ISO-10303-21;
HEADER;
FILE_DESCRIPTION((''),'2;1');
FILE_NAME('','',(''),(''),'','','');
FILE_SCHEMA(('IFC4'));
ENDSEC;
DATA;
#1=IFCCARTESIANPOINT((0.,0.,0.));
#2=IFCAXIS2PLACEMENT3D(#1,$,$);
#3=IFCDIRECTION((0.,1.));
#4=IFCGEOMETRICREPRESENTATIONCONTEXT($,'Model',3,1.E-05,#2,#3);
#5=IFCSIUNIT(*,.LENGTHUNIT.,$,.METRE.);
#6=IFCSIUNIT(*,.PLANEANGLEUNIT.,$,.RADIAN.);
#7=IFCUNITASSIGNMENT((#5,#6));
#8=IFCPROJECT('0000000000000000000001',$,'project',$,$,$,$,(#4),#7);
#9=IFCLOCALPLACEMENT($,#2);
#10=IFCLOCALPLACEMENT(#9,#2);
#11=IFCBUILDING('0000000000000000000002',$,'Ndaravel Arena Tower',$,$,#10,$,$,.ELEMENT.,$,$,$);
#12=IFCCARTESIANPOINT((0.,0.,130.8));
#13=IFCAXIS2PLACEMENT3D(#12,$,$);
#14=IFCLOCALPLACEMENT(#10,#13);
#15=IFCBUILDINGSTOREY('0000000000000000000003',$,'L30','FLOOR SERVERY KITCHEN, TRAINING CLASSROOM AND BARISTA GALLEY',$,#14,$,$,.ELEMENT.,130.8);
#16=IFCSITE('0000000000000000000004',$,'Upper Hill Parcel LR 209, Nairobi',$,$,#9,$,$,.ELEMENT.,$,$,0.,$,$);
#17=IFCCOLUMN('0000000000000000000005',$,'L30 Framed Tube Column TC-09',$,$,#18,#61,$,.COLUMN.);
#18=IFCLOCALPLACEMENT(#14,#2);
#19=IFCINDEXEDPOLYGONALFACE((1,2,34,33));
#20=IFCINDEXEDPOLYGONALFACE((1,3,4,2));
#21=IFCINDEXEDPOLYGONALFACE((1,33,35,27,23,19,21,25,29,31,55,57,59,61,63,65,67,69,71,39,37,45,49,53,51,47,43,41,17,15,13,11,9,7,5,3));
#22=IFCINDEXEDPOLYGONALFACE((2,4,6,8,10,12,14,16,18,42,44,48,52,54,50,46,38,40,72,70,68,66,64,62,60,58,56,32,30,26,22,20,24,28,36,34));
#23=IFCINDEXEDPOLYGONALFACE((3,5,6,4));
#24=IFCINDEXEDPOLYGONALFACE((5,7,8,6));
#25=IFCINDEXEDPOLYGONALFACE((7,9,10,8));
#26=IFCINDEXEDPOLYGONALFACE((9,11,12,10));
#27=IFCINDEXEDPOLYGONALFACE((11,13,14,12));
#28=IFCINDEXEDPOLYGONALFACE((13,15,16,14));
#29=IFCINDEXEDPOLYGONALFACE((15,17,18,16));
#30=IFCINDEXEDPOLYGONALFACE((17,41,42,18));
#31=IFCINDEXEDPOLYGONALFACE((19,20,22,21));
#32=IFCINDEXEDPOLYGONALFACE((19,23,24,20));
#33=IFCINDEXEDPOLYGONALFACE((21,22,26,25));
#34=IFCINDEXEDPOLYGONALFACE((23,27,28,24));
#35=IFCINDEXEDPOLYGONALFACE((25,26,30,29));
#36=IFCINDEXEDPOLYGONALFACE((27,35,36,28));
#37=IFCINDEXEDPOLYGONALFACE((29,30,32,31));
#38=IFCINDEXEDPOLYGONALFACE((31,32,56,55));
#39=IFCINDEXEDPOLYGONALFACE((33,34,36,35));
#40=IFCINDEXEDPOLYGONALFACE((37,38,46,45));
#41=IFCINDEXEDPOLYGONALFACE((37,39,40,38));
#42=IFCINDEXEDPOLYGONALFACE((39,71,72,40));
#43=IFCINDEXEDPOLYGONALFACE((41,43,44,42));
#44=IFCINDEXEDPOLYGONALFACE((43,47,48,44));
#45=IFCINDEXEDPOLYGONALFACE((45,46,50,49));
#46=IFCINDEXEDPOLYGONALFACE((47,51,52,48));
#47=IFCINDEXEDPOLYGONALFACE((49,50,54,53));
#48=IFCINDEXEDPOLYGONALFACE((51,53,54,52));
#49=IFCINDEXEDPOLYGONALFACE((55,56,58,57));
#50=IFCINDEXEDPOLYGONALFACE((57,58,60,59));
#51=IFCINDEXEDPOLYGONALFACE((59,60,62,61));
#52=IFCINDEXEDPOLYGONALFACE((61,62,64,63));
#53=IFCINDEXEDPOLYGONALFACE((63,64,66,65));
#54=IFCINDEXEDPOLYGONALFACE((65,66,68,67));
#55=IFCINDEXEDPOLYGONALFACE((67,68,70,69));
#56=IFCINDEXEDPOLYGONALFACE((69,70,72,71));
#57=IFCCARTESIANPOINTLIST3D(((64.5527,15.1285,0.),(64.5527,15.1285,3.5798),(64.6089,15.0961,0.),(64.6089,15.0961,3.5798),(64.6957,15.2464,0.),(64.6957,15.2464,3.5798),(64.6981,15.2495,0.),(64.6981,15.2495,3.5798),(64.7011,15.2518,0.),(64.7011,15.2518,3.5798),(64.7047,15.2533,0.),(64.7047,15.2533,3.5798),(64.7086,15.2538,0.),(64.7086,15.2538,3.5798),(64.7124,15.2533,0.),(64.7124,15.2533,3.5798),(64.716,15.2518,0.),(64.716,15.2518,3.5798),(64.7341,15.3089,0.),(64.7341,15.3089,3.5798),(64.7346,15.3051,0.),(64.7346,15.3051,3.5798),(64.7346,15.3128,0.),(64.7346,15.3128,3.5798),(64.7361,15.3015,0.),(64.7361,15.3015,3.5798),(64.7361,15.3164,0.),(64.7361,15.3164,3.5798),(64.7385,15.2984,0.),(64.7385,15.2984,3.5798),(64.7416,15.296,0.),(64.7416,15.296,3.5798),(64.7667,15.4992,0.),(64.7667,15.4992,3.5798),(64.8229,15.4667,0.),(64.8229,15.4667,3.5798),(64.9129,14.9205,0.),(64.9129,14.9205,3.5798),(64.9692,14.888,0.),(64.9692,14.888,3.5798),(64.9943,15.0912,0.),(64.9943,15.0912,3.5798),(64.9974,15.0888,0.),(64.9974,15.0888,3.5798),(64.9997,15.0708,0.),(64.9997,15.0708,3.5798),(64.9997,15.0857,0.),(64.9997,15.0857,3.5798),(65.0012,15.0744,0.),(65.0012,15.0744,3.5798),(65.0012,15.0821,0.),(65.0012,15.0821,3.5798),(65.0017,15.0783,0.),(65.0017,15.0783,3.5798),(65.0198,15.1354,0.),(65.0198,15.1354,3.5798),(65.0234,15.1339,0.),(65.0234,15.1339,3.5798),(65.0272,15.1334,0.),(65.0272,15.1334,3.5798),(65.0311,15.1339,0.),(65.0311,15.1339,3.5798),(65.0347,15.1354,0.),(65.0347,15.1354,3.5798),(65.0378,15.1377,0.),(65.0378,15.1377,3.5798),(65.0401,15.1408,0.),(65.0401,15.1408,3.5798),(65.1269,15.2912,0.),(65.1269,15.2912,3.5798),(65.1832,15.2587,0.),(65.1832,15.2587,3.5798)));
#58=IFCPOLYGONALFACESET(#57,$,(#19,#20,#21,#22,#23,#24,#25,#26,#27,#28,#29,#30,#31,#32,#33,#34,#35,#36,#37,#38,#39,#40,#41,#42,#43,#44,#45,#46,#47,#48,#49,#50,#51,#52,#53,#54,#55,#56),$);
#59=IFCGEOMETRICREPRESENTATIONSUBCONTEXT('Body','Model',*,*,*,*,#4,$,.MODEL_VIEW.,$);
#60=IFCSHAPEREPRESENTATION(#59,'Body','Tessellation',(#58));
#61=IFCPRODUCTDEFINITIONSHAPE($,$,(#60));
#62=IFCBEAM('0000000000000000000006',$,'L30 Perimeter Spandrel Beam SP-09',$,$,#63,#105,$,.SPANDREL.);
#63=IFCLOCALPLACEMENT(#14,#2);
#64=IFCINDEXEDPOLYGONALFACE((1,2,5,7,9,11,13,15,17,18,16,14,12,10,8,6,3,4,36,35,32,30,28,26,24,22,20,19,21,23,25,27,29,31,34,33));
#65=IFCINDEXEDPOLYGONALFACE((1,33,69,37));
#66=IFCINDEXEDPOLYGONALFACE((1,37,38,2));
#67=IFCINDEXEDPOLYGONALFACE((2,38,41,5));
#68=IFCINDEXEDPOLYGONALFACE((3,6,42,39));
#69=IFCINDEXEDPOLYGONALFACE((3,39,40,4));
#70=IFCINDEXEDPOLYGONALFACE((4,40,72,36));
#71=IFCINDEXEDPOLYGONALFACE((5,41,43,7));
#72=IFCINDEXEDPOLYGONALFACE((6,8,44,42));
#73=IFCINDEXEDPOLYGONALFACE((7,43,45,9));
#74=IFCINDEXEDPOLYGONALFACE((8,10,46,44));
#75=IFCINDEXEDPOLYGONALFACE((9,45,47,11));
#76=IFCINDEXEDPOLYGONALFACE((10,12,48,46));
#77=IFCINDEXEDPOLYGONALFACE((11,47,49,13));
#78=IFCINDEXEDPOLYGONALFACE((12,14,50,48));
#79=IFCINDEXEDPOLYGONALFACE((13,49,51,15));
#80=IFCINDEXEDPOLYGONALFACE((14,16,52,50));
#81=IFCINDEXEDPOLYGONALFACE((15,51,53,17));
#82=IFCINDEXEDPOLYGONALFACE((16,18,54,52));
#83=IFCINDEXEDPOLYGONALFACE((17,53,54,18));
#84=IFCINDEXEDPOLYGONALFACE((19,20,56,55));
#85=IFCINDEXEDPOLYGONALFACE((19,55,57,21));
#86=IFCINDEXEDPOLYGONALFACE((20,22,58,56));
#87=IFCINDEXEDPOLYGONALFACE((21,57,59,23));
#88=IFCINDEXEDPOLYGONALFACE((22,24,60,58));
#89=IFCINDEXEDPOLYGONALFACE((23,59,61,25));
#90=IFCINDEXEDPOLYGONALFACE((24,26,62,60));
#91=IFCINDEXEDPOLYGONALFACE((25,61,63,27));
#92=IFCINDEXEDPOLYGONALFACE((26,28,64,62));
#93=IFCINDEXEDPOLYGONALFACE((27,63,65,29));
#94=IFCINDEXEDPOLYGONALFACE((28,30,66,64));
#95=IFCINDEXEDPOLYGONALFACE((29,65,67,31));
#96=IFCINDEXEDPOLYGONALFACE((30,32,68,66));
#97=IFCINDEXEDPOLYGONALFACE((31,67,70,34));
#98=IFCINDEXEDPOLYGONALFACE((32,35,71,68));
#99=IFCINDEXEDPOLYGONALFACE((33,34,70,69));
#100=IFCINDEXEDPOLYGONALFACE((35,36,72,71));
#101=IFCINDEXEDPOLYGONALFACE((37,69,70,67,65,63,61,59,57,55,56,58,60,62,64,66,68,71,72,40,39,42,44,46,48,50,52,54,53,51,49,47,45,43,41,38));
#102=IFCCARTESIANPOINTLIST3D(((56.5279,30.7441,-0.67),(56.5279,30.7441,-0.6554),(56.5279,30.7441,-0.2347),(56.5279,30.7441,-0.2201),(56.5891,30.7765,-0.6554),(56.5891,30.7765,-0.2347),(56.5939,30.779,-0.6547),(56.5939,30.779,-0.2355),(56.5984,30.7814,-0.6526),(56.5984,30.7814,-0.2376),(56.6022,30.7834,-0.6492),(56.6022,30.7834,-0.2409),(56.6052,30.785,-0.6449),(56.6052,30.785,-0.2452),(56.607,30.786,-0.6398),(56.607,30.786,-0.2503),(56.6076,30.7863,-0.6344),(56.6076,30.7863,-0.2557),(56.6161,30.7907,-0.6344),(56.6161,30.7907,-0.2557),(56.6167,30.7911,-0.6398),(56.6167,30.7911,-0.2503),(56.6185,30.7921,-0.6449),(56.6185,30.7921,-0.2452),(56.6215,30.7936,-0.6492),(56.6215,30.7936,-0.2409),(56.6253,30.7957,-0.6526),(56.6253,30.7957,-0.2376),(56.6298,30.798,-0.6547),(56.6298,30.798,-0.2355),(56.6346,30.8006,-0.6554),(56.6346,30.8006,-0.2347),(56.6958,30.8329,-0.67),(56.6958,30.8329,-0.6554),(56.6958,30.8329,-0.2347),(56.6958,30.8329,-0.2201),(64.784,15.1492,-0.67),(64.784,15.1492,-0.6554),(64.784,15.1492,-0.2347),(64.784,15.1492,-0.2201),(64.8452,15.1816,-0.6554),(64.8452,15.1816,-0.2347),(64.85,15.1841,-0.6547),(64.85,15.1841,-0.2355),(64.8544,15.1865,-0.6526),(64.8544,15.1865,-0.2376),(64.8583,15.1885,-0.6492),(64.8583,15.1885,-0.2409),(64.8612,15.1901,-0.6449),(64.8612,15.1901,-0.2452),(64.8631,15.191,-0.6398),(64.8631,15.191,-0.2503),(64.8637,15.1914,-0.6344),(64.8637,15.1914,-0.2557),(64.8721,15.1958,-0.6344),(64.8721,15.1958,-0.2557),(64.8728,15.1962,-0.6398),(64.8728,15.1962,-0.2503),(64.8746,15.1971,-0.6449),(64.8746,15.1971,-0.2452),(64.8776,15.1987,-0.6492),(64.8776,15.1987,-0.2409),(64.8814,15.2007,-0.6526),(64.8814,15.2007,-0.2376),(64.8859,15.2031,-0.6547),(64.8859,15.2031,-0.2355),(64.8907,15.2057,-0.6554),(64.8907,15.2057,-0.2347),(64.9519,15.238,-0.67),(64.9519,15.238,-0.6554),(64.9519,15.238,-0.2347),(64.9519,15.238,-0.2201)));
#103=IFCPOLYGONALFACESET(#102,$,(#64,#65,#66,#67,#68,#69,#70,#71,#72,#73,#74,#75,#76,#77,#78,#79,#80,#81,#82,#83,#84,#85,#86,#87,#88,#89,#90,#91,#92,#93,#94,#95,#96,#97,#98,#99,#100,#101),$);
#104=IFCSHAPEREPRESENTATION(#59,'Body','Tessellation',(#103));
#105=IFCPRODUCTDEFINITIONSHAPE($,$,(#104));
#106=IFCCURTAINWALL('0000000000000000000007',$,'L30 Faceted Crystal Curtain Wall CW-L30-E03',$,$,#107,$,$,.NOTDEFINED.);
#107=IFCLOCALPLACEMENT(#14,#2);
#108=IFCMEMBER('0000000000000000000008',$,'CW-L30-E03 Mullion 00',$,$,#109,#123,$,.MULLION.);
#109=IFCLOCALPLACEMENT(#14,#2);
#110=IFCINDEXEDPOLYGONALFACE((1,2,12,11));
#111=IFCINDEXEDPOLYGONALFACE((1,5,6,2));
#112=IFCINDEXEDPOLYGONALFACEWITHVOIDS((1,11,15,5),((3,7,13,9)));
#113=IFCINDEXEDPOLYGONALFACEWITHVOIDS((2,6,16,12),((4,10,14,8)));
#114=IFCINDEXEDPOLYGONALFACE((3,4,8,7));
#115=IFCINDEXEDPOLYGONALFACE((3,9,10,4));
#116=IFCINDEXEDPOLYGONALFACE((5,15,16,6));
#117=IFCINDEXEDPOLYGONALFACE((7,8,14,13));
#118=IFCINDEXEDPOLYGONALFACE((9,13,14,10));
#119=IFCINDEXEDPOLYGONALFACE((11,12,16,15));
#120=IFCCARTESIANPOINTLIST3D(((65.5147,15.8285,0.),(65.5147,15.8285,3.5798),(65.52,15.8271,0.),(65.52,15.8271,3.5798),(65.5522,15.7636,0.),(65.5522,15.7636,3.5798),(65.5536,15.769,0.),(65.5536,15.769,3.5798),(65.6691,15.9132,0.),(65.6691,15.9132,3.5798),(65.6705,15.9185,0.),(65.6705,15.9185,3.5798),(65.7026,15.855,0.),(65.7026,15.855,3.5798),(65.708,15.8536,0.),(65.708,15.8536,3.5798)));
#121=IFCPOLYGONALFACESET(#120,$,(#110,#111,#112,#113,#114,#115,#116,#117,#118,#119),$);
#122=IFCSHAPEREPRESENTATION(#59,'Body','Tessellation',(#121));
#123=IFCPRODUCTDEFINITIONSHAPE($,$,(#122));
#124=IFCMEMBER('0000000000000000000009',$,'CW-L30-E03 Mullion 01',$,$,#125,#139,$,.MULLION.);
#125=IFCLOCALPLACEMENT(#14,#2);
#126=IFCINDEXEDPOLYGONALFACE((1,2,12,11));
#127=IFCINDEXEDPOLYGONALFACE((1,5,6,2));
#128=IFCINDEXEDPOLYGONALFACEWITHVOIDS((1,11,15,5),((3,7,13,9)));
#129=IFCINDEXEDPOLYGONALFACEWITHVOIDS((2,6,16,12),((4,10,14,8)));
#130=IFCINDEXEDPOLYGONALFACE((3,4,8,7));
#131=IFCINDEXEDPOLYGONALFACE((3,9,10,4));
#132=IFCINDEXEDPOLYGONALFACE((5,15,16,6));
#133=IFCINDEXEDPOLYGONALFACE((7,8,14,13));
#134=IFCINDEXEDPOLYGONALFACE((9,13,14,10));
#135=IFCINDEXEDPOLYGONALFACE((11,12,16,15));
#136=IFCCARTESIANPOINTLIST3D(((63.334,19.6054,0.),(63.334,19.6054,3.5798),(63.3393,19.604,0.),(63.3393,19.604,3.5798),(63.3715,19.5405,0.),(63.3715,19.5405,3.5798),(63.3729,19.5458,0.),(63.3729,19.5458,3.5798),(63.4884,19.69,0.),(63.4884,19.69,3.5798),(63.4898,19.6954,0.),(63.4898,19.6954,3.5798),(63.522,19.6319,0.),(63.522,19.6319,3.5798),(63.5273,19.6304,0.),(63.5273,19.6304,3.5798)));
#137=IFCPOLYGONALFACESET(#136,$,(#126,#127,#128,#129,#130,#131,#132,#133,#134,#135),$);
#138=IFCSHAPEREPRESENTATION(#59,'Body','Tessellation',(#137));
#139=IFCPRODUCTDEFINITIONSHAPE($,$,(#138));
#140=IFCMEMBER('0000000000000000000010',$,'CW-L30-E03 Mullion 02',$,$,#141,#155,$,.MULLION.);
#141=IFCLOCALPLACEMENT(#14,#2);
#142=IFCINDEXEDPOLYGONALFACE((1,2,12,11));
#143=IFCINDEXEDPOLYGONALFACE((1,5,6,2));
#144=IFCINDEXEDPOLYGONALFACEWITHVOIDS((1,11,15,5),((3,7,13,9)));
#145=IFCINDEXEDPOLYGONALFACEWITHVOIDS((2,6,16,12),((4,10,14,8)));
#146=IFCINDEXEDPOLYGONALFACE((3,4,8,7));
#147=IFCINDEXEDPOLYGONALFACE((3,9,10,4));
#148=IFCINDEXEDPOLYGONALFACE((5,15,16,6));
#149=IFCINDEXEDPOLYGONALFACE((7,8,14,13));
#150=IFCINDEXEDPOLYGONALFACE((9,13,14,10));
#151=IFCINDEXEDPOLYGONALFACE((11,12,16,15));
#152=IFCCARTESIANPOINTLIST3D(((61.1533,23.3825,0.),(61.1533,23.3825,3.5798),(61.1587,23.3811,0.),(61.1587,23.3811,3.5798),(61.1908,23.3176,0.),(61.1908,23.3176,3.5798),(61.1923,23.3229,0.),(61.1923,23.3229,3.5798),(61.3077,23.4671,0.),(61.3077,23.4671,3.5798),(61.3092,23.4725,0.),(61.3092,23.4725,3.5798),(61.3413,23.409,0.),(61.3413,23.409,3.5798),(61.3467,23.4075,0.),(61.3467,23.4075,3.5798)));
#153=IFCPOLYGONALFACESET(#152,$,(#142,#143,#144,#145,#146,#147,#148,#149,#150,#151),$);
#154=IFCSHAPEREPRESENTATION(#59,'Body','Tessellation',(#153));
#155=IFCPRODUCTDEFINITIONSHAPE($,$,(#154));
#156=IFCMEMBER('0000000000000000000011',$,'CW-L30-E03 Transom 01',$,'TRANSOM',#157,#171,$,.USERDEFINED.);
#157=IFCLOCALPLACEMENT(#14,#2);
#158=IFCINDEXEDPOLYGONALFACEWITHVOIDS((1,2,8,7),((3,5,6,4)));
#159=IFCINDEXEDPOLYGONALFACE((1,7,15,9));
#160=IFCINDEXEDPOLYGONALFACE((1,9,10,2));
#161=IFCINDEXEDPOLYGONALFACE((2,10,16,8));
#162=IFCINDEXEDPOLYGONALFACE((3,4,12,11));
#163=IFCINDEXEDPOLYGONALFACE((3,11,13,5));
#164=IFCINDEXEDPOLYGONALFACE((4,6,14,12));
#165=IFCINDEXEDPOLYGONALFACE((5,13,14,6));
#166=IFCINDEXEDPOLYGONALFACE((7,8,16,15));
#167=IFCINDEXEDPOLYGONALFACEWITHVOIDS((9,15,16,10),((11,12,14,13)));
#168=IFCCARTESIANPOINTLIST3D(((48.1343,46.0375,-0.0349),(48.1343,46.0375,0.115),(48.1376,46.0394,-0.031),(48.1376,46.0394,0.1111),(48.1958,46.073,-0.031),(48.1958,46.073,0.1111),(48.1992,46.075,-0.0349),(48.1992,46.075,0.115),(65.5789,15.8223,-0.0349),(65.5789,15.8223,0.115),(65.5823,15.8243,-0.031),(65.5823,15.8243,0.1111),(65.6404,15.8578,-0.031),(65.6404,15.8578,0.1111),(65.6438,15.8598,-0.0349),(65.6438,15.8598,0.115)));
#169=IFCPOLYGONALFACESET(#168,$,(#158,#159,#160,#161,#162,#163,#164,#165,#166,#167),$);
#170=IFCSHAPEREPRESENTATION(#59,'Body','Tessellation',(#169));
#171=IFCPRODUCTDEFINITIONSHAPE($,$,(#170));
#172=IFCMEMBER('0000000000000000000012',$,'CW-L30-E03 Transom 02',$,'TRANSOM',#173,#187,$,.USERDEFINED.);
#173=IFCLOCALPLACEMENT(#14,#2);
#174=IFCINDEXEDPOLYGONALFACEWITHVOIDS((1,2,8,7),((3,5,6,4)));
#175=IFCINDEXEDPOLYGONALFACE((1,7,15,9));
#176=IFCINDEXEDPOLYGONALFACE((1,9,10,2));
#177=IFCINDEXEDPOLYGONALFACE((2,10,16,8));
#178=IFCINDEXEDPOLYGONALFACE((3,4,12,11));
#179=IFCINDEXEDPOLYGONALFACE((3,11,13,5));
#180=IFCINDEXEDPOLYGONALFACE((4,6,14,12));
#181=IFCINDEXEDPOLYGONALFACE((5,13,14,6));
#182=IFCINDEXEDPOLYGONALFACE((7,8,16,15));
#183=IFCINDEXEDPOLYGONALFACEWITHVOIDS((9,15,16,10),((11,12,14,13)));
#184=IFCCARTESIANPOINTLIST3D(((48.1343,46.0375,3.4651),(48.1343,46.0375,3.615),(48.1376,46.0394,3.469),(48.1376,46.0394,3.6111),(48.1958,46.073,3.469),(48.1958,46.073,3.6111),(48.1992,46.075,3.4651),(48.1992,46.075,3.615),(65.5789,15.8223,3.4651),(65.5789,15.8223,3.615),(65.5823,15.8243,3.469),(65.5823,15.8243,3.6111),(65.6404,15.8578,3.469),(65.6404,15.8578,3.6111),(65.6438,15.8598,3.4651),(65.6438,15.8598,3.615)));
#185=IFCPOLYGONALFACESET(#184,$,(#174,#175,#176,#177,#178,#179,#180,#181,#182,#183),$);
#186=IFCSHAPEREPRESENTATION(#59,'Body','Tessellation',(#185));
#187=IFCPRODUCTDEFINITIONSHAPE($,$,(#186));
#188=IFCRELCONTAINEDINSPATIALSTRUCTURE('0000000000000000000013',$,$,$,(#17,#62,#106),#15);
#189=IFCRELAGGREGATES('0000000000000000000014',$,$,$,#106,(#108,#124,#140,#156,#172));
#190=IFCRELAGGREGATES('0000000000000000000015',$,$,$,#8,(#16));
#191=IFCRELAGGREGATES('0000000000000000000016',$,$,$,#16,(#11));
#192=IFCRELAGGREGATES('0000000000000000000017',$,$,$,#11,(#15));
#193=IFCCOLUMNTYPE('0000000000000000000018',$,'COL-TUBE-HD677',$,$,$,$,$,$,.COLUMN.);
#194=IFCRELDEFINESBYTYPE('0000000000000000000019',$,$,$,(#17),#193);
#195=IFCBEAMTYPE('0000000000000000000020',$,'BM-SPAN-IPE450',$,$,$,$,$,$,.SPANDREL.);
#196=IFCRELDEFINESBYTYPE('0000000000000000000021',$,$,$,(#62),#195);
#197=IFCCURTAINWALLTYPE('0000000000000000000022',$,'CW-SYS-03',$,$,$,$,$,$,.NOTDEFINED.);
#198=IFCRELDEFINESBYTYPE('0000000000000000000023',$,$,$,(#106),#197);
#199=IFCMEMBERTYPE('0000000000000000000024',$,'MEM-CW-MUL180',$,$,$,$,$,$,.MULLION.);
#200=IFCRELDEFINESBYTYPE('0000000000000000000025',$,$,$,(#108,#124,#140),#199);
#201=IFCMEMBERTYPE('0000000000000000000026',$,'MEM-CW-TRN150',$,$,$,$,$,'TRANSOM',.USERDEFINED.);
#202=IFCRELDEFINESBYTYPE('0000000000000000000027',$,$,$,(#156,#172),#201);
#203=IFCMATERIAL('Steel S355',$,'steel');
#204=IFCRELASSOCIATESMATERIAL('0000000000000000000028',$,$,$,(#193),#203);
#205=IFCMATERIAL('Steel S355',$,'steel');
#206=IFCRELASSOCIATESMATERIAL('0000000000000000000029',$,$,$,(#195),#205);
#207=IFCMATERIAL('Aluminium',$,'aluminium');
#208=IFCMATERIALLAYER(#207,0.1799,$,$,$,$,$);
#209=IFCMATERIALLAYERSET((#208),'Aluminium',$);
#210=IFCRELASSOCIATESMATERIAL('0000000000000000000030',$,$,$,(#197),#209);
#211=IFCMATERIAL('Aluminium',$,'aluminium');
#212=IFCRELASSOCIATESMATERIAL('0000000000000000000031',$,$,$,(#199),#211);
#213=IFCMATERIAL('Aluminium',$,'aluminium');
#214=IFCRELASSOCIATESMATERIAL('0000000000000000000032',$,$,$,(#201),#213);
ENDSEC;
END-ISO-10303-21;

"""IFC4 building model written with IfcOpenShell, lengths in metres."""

from ifc_helpers import new_model, si_unit, direction, frame, origin, origin_2d, place, context, subcontext, project, spatial, hollow_rectangle, i_section, extrude, material, layer, layer_set, material_profile, profile_set, type_object, element, aggregate, save


model = new_model("IFC4")

# Units and contexts
model_context = context("Model", 3, precision=1e-05, world=origin(), true_north=direction((0.0, 1.0)))
body_context = subcontext(model_context, "Body", "Model", "MODEL_VIEW")
ifc_project = project(units=[si_unit("LENGTHUNIT", "METRE"), si_unit("PLANEANGLEUNIT", "RADIAN")], contexts=[model_context])

# Site, building, storey
site_placement = place(None, origin())
site = spatial("IfcSite", under=ifc_project, at=site_placement, Name="Upper Hill Parcel LR 209, Nairobi", CompositionType="ELEMENT", RefElevation=0.0)
building_placement = place(site_placement, origin())
building = spatial("IfcBuilding", under=site, at=building_placement, Name="Ndaravel Arena Tower", CompositionType="ELEMENT")
storey_placement = place(building_placement, frame((0.0, 0.0, 130.8)))
storey = spatial("IfcBuildingStorey", under=building, at=storey_placement, Name="L30", Description="FLOOR SERVERY KITCHEN, TRAINING CLASSROOM AND BARISTA GALLEY", CompositionType="ELEMENT", Elevation=130.8)

# Column
ifc_material_1 = material(Name="Steel S355", Category="steel")
ifc_material_profile_1 = material_profile(ifc_material_1, i_section(OverallWidth=0.428, OverallDepth=0.481, WebThickness=0.051, FlangeThickness=0.0649, FilletRadius=0.0149, at=origin_2d()), Name="HD 400x677")
ifc_profile_set_1 = profile_set([ifc_material_profile_1], Name="Steel S355")
column_type = type_object("IfcColumnType", Name="COL-TUBE-HD677", PredefinedType="COLUMN", material=ifc_profile_set_1)
column_placement = place(storey_placement, frame((64.8679, 15.1936, 0.0), z_axis=(0.0, 0.0, 1.0), x_axis=(0.5, 0.866025, 0.0)))
element("IfcColumn", 1, at=column_placement, inside=storey, type_object=column_type, Name="L30 Framed Tube Column TC-09", PredefinedType="COLUMN", context=body_context, shape_type="SweptSolid", body=[
    extrude(i_section(OverallWidth=0.428, OverallDepth=0.481, WebThickness=0.051, FlangeThickness=0.0649, FilletRadius=0.0149, at=origin_2d()), origin(), (0.0, 0.0, 1.0), 3.5798),
])

# Beam
ifc_material_2 = material(Name="Steel S355", Category="steel")
ifc_material_profile_2 = material_profile(ifc_material_2, i_section(OverallWidth=0.1899, OverallDepth=0.45, WebThickness=0.0095, FlangeThickness=0.0146, FilletRadius=0.021, at=origin_2d()), Name="IPE 450")
ifc_profile_set_2 = profile_set([ifc_material_profile_2], Name="Steel S355")
beam_type = type_object("IfcBeamType", Name="BM-SPAN-IPE450", PredefinedType="SPANDREL", material=ifc_profile_set_2)
beam_placement = place(storey_placement, frame((64.8679, 15.1936, -0.4451), z_axis=(-0.467885, 0.883789, 0.0), x_axis=(-0.883789, -0.467885, 0.0)))
element("IfcBeam", 2, at=beam_placement, inside=storey, type_object=beam_type, Name="L30 Perimeter Spandrel Beam SP-09", PredefinedType="SPANDREL", context=body_context, shape_type="SweptSolid", body=[
    extrude(i_section(OverallWidth=0.1899, OverallDepth=0.45, WebThickness=0.0095, FlangeThickness=0.0146, FilletRadius=0.021, at=origin_2d()), origin(), (0.0, 0.0, 1.0), 17.6455),
])

# Curtain wall, members
ifc_material_3 = material(Name="Aluminium", Category="aluminium")
ifc_layer_1 = layer(ifc_material_3, 0.1799)
ifc_layer_set_1 = layer_set([ifc_layer_1], Name="Aluminium")
curtain_wall_type_1 = type_object("IfcCurtainWallType", Name="CW-SYS-03", PredefinedType="NOTDEFINED", material=ifc_layer_set_1)
curtain_wall_1_placement = place(storey_placement, origin())
curtain_wall_1 = element("IfcCurtainWall", 3, at=curtain_wall_1_placement, inside=storey, type_object=curtain_wall_type_1, Name="L30 Faceted Crystal Curtain Wall CW-L30-E03", PredefinedType="NOTDEFINED")
ifc_material_4 = material(Name="Aluminium", Category="aluminium")
ifc_material_profile_3 = material_profile(ifc_material_4, hollow_rectangle(XDim=0.075, YDim=0.1799, WallThickness=0.0039, at=origin_2d()), Name="CW MULLION 75x180x4")
ifc_profile_set_3 = profile_set([ifc_material_profile_3], Name="Aluminium")
member_type_1 = type_object("IfcMemberType", Name="MEM-CW-MUL180", PredefinedType="MULLION", material=ifc_profile_set_3)
member_1_placement = place(storey_placement, frame((65.6113, 15.8411, 0.0), z_axis=(0.0, 0.0, 1.0), x_axis=(-0.5, 0.866025, 0.0)))
member_1 = element("IfcMember", 4, at=member_1_placement, type_object=member_type_1, Name="CW-L30-E03 Mullion 00", PredefinedType="MULLION", context=body_context, shape_type="SweptSolid", body=[
    extrude(hollow_rectangle(XDim=0.075, YDim=0.1799, WallThickness=0.0039, at=origin_2d()), origin(), (0.0, 0.0, 1.0), 3.5798),
])
member_2_placement = place(storey_placement, frame((63.4307, 19.6179, 0.0), z_axis=(0.0, 0.0, 1.0), x_axis=(-0.5, 0.866025, 0.0)))
member_2 = element("IfcMember", 5, at=member_2_placement, type_object=member_type_1, Name="CW-L30-E03 Mullion 01", PredefinedType="MULLION", context=body_context, shape_type="SweptSolid", body=[
    extrude(hollow_rectangle(XDim=0.075, YDim=0.1799, WallThickness=0.0039, at=origin_2d()), origin(), (0.0, 0.0, 1.0), 3.5798),
])
member_3_placement = place(storey_placement, frame((61.25, 23.395, 0.0), z_axis=(0.0, 0.0, 1.0), x_axis=(-0.5, 0.866025, 0.0)))
member_3 = element("IfcMember", 6, at=member_3_placement, type_object=member_type_1, Name="CW-L30-E03 Mullion 02", PredefinedType="MULLION", context=body_context, shape_type="SweptSolid", body=[
    extrude(hollow_rectangle(XDim=0.075, YDim=0.1799, WallThickness=0.0039, at=origin_2d()), origin(), (0.0, 0.0, 1.0), 3.5798),
])
ifc_material_5 = material(Name="Aluminium", Category="aluminium")
ifc_material_profile_4 = material_profile(ifc_material_5, hollow_rectangle(XDim=0.075, YDim=0.1499, WallThickness=0.0039, at=origin_2d()), Name="CW TRANSOM 75x150x4")
ifc_profile_set_4 = profile_set([ifc_material_profile_4], Name="Aluminium")
member_type_2 = type_object("IfcMemberType", Name="MEM-CW-TRN150", ElementType="TRANSOM", PredefinedType="USERDEFINED", material=ifc_profile_set_4)
member_4_placement = place(storey_placement, frame((65.6113, 15.8411, 0.04), z_axis=(-0.499998, 0.866027, 0.0), x_axis=(-0.866027, -0.499998, 0.0)))
member_4 = element("IfcMember", 7, at=member_4_placement, type_object=member_type_2, Name="CW-L30-E03 Transom 01", ObjectType="TRANSOM", PredefinedType="USERDEFINED", context=body_context, shape_type="SweptSolid", body=[
    extrude(hollow_rectangle(XDim=0.075, YDim=0.1499, WallThickness=0.0039, at=origin_2d()), origin(), (0.0, 0.0, 1.0), 34.8894),
])
member_5_placement = place(storey_placement, frame((65.6113, 15.8411, 3.54), z_axis=(-0.499998, 0.866027, 0.0), x_axis=(-0.866027, -0.499998, 0.0)))
member_5 = element("IfcMember", 8, at=member_5_placement, type_object=member_type_2, Name="CW-L30-E03 Transom 02", ObjectType="TRANSOM", PredefinedType="USERDEFINED", context=body_context, shape_type="SweptSolid", body=[
    extrude(hollow_rectangle(XDim=0.075, YDim=0.1499, WallThickness=0.0039, at=origin_2d()), origin(), (0.0, 0.0, 1.0), 34.8894),
])

aggregate(curtain_wall_1, [member_1, member_2, member_3, member_4, member_5])

save(model, "model.ifc")
